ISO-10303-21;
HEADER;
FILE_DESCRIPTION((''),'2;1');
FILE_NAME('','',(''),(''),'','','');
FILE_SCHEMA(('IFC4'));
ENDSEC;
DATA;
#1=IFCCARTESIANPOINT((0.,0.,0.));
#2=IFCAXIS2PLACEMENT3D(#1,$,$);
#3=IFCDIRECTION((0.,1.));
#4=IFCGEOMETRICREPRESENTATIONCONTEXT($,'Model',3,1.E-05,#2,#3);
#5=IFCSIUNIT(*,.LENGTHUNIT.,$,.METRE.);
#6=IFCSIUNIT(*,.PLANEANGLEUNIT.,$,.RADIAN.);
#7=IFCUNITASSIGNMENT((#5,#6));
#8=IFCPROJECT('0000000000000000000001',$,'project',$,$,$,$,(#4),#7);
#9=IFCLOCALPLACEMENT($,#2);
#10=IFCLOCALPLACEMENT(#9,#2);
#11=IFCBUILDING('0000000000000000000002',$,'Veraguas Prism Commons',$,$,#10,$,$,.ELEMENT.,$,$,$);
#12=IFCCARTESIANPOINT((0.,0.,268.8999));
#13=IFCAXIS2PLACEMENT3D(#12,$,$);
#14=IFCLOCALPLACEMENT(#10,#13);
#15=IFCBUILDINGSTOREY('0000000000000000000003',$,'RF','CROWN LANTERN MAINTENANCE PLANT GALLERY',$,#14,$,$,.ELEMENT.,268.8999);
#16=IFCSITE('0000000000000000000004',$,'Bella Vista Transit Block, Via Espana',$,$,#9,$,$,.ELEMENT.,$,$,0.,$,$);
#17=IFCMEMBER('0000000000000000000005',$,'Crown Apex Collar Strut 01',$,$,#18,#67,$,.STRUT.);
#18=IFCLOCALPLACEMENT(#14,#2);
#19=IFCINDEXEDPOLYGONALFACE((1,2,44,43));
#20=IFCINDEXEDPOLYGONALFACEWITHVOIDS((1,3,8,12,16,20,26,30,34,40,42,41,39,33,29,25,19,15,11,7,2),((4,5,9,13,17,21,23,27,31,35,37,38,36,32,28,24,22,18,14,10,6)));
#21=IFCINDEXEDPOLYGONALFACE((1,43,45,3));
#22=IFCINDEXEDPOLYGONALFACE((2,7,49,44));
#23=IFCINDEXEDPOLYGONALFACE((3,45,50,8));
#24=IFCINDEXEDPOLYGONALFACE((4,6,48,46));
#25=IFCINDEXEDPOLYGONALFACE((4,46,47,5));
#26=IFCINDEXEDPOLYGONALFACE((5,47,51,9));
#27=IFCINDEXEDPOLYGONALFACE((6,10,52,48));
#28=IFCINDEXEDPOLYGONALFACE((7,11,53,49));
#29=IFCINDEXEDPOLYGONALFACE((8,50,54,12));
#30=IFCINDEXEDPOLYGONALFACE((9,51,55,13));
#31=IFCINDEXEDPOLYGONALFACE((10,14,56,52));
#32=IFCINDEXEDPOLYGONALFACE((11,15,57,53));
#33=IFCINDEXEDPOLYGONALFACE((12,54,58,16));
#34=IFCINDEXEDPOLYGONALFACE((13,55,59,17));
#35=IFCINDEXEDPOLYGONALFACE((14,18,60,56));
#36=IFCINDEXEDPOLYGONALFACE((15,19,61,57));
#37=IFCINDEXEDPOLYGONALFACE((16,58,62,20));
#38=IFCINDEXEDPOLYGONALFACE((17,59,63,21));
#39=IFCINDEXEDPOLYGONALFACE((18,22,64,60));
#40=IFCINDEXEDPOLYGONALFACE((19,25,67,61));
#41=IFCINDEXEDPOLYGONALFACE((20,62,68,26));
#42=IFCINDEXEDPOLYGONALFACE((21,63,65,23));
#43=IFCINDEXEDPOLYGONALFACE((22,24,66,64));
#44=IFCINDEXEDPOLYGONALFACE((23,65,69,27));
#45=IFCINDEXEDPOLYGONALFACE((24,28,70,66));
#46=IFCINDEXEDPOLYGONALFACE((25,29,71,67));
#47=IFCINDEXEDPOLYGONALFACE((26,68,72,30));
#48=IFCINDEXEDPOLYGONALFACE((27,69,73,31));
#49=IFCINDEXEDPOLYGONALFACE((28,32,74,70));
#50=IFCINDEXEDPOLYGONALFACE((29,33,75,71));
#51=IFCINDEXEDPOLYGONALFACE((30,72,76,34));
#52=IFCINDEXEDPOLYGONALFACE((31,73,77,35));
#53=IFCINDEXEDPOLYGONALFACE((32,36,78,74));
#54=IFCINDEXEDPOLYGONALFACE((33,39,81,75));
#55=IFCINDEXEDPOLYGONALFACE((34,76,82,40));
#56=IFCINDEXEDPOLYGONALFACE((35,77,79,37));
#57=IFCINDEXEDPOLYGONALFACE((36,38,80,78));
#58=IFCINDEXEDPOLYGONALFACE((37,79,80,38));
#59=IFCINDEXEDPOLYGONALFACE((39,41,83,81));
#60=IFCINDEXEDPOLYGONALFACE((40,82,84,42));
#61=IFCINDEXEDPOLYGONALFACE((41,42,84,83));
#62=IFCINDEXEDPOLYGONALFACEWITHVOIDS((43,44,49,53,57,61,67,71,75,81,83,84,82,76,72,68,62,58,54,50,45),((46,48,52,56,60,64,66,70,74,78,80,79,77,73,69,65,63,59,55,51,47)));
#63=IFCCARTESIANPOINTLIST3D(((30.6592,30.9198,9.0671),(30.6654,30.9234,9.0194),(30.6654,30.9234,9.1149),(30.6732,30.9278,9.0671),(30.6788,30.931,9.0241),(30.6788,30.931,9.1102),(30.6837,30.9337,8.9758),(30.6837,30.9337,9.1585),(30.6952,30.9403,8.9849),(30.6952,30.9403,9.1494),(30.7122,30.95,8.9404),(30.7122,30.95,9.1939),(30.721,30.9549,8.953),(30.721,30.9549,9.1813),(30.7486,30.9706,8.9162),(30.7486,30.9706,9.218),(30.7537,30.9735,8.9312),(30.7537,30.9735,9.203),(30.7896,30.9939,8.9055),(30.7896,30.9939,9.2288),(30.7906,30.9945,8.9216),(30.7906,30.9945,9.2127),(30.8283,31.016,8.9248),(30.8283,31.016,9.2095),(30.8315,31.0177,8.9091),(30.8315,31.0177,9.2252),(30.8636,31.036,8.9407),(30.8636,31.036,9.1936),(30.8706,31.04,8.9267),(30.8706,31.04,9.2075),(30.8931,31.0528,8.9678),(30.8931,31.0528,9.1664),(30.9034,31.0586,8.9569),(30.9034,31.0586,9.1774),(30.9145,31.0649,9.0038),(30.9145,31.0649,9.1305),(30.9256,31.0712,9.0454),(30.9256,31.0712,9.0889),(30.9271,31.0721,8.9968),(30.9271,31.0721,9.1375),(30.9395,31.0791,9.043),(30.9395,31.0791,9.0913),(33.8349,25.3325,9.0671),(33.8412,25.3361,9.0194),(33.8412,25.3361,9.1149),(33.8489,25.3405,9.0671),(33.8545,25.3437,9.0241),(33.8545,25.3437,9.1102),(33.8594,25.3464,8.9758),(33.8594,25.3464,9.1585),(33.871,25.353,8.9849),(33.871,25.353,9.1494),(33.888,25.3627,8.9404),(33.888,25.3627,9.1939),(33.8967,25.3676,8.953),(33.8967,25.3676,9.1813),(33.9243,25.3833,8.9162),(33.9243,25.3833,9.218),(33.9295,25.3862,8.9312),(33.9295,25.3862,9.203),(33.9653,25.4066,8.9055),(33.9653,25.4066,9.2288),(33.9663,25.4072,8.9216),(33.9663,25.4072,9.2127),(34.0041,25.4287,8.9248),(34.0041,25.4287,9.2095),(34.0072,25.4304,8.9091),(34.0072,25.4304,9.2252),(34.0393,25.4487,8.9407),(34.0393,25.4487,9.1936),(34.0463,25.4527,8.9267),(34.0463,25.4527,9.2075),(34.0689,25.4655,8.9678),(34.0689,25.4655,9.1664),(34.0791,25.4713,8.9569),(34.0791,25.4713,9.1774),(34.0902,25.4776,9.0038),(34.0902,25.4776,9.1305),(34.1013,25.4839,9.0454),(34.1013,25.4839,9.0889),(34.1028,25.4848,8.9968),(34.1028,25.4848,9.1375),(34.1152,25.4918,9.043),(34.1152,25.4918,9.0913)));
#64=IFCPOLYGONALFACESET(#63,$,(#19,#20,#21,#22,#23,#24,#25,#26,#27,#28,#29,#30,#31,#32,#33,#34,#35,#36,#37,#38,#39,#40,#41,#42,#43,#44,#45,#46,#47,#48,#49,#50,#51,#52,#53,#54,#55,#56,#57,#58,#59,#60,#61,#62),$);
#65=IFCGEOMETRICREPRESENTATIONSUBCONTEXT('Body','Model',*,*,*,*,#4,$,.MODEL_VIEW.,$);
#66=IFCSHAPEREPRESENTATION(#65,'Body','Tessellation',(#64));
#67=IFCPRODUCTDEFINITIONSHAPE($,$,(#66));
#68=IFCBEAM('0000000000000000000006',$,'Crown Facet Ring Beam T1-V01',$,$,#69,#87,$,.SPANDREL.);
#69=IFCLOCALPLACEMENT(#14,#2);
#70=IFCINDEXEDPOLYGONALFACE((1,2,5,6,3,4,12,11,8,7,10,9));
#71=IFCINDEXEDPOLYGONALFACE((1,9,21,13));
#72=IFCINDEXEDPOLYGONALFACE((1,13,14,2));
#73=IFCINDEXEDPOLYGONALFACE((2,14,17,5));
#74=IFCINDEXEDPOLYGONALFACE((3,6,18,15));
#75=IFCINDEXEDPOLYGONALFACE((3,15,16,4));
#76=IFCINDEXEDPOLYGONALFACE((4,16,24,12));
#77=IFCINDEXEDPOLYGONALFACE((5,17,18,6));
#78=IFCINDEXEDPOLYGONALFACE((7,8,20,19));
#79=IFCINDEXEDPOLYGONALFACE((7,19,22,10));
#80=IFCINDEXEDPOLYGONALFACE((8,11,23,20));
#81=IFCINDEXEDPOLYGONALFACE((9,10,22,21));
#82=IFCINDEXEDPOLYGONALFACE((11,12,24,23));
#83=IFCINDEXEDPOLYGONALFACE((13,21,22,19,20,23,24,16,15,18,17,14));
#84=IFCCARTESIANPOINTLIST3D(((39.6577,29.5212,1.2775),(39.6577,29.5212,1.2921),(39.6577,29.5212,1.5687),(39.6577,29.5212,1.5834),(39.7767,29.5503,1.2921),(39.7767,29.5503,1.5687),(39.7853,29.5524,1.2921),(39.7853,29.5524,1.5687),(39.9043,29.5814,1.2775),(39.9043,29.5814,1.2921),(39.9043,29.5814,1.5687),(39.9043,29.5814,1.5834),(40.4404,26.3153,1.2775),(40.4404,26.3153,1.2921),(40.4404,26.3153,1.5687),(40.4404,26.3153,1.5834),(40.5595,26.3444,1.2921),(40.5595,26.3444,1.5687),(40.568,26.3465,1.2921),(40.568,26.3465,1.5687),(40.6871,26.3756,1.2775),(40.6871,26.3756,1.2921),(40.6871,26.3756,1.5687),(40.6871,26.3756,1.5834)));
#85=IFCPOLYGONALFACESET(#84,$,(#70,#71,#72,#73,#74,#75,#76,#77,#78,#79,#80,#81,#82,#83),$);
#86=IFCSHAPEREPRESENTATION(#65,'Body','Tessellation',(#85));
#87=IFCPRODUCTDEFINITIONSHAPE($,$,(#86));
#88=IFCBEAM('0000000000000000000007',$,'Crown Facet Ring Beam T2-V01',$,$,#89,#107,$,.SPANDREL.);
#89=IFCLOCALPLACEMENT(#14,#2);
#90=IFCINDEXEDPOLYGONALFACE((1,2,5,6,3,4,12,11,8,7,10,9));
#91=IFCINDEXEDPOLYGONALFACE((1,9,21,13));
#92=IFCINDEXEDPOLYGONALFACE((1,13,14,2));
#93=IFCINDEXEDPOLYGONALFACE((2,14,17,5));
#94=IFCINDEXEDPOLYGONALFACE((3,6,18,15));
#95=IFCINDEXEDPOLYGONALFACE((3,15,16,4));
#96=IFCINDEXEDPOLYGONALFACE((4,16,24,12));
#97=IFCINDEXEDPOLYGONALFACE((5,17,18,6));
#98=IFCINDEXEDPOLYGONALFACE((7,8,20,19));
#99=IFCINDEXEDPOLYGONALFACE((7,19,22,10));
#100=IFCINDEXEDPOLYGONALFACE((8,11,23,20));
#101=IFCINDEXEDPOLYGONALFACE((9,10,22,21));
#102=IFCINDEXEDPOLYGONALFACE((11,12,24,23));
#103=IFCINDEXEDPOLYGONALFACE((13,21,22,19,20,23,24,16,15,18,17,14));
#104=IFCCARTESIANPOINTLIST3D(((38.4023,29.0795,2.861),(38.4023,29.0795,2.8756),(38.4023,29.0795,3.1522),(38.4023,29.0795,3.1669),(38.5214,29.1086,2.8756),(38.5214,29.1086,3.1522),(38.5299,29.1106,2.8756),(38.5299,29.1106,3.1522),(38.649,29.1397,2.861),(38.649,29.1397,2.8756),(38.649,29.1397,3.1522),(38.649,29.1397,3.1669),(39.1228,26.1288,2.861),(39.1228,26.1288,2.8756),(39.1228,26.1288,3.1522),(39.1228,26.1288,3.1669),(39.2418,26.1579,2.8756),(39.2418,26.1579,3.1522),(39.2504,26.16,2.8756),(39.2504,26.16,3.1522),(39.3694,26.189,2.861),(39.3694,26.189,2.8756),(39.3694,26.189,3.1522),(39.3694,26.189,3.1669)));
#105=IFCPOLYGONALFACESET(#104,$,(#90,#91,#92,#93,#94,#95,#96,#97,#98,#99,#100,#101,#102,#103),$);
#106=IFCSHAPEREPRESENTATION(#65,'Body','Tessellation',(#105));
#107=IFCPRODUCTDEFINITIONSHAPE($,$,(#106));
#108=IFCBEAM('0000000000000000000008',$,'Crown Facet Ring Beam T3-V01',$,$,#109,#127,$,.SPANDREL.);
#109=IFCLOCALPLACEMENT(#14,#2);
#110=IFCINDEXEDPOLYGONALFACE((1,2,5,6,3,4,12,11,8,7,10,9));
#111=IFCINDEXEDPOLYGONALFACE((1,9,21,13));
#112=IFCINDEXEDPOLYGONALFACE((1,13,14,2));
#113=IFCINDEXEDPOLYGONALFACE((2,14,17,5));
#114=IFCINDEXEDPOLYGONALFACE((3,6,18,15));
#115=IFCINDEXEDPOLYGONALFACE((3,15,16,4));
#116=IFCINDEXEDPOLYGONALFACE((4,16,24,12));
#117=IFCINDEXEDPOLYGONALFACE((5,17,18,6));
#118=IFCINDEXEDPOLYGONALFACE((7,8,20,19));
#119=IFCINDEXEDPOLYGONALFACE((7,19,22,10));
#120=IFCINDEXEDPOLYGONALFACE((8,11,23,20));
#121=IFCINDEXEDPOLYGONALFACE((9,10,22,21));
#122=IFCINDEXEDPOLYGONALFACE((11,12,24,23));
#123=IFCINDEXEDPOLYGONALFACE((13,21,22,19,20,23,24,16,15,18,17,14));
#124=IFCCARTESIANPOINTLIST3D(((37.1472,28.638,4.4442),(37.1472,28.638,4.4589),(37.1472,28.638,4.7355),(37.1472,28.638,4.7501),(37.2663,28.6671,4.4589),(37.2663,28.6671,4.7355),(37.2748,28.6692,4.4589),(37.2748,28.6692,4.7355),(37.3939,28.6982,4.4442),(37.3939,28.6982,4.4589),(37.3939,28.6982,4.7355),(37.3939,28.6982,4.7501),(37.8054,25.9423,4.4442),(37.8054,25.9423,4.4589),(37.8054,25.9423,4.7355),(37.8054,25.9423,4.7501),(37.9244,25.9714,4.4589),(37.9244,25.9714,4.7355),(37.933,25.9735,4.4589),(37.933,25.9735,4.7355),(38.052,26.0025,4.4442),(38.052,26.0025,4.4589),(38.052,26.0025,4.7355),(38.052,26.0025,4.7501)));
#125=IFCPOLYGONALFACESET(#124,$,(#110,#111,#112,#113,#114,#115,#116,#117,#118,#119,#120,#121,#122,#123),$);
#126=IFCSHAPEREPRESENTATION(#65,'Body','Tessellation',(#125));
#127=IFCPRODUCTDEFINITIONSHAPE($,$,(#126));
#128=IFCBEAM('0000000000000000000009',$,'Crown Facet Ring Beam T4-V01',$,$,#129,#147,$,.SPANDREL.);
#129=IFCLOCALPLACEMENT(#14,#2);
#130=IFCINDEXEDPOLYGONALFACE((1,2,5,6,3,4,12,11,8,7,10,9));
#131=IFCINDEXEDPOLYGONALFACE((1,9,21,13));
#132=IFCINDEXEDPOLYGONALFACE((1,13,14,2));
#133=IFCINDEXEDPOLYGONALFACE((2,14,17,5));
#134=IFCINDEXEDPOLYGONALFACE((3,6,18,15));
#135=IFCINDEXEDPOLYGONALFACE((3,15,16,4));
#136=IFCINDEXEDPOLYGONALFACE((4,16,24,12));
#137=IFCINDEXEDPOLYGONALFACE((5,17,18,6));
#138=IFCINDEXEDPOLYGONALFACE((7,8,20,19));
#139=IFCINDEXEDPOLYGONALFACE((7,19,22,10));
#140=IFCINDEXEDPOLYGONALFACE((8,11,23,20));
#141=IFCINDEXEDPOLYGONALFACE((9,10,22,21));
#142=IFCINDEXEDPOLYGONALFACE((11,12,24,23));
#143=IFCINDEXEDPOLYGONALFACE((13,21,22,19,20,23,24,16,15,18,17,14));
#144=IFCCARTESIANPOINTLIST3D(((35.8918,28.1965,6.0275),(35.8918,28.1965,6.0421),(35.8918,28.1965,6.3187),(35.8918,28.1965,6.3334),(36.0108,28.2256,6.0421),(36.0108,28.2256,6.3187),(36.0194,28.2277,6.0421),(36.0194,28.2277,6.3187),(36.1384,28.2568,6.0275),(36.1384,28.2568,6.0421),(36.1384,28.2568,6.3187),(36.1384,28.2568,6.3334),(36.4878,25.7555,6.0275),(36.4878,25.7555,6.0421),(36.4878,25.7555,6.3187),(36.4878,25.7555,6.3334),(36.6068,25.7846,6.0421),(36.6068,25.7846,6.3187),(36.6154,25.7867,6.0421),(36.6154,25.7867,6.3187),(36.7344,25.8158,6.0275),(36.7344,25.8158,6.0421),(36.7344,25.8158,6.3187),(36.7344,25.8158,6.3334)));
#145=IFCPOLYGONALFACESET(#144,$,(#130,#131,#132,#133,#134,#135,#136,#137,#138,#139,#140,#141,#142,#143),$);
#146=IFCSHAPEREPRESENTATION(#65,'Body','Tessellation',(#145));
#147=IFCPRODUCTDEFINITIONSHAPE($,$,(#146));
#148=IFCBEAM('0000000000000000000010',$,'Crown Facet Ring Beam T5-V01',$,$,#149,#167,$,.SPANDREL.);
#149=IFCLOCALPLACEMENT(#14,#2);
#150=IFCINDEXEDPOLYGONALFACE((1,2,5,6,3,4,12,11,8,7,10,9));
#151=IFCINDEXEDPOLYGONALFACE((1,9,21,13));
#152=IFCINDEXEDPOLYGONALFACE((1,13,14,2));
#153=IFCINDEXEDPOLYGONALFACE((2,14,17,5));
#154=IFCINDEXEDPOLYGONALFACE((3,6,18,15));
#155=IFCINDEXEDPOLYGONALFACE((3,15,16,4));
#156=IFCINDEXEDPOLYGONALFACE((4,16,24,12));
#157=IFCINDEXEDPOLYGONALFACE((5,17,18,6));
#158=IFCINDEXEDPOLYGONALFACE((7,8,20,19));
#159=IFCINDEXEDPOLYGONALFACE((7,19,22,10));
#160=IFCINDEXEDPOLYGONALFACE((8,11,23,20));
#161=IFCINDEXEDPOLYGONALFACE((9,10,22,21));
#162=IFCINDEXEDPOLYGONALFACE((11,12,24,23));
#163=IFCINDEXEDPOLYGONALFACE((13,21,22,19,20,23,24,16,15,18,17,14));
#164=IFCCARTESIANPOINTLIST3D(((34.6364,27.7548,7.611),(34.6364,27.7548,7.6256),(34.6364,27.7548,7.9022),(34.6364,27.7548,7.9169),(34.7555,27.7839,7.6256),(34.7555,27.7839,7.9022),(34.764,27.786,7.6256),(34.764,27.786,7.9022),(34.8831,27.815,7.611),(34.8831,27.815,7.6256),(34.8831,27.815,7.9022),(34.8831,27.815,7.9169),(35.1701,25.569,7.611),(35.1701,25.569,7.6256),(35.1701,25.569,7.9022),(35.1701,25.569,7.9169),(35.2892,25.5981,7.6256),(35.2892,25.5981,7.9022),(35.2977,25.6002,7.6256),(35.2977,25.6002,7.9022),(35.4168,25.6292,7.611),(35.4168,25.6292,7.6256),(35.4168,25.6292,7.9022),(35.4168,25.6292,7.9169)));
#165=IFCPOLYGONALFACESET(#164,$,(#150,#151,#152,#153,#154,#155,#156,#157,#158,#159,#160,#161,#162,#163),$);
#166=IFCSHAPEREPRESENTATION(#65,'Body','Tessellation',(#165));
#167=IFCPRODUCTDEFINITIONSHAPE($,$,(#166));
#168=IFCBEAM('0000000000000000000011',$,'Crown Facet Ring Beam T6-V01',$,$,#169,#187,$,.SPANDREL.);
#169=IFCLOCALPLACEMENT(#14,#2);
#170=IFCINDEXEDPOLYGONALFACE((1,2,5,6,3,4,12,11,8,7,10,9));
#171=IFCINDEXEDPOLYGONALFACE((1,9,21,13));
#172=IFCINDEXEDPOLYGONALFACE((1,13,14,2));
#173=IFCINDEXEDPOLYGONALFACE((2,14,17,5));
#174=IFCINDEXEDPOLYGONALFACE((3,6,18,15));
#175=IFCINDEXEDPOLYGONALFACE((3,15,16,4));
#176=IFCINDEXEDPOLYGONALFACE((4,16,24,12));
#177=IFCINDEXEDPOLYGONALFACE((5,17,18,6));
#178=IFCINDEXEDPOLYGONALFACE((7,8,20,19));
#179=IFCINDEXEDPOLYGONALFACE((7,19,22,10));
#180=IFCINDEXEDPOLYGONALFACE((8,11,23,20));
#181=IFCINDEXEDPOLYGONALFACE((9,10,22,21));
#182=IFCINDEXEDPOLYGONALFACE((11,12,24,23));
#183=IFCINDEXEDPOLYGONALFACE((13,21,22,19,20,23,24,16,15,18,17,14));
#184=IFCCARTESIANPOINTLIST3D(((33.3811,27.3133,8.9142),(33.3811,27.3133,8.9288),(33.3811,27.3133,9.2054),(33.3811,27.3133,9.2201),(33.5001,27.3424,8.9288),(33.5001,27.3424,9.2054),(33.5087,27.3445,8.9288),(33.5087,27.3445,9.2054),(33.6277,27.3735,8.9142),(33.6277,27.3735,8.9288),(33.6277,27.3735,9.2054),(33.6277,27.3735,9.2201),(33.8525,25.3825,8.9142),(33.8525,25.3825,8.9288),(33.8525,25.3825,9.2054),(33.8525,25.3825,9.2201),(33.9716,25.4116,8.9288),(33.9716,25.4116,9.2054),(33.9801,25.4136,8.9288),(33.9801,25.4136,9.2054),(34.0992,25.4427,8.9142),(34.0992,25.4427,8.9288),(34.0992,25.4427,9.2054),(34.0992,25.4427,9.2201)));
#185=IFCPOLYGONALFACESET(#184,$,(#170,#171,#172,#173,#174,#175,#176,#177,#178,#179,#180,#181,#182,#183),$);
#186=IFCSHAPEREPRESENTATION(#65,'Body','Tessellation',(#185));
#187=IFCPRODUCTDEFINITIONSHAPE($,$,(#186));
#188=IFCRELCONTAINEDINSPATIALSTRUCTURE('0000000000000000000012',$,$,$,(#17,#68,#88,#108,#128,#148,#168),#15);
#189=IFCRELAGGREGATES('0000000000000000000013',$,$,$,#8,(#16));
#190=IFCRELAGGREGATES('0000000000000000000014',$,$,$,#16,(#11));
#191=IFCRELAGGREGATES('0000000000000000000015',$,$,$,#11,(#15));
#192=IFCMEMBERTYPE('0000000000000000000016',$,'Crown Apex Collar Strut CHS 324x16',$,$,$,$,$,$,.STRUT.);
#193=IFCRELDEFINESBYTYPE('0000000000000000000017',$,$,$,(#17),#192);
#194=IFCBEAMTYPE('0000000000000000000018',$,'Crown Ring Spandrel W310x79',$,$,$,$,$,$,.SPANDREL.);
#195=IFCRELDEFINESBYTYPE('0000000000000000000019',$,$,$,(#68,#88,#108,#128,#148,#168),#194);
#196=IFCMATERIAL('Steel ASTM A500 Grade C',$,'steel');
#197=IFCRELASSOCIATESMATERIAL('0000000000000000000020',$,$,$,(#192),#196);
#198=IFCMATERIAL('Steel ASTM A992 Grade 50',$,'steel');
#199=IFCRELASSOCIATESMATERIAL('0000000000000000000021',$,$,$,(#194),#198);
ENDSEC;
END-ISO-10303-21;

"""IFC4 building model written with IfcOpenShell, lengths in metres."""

from ifc_helpers import new_model, si_unit, direction, frame, origin, origin_2d, place, context, subcontext, project, spatial, hollow_circle, i_section, extrude, material, material_profile, profile_set, type_object, element, save


model = new_model("IFC4")

# Units and contexts
model_context = context("Model", 3, precision=1e-05, world=origin(), true_north=direction((0.0, 1.0)))
body_context = subcontext(model_context, "Body", "Model", "MODEL_VIEW")
ifc_project = project(units=[si_unit("LENGTHUNIT", "METRE"), si_unit("PLANEANGLEUNIT", "RADIAN")], contexts=[model_context])

# Site, building, storey
site_placement = place(None, origin())
site = spatial("IfcSite", under=ifc_project, at=site_placement, Name="Bella Vista Transit Block, Via Espana", CompositionType="ELEMENT", RefElevation=0.0)
building_placement = place(site_placement, origin())
building = spatial("IfcBuilding", under=site, at=building_placement, Name="Veraguas Prism Commons", CompositionType="ELEMENT")
storey_placement = place(building_placement, frame((0.0, 0.0, 268.8999)))
storey = spatial("IfcBuildingStorey", under=building, at=storey_placement, Name="RF", Description="CROWN LANTERN MAINTENANCE PLANT GALLERY", CompositionType="ELEMENT", Elevation=268.8999)

# Member
ifc_material_1 = material(Name="Steel ASTM A500 Grade C", Category="steel")
ifc_material_profile_1 = material_profile(ifc_material_1, hollow_circle(Radius=0.1621, WallThickness=0.0161, at=origin_2d()), Name="CHS324X16")
ifc_profile_set_1 = profile_set([ifc_material_profile_1], Name="Steel ASTM A500 Grade C")
member_type_1 = type_object("IfcMemberType", Name="Crown Apex Collar Strut CHS 324x16", PredefinedType="STRUT", material=ifc_profile_set_1)
member_1_placement = place(storey_placement, frame((33.9758, 25.4126, 9.0671), z_axis=(-0.494141, 0.869382, 0.0), x_axis=(-0.869382, -0.494141, 0.0)))
element("IfcMember", 1, at=member_1_placement, inside=storey, type_object=member_type_1, Name="Crown Apex Collar Strut 01", PredefinedType="STRUT", context=body_context, shape_type="SweptSolid", body=[
    extrude(hollow_circle(Radius=0.1621, WallThickness=0.0161, at=origin_2d()), origin(), (0.0, 0.0, 1.0), 6.4268),
])

# Beams
ifc_material_2 = material(Name="Steel ASTM A992 Grade 50", Category="steel")
ifc_material_profile_2 = material_profile(ifc_material_2, i_section(OverallWidth=0.2539, OverallDepth=0.3059, WebThickness=0.0088, FlangeThickness=0.0146, at=origin_2d()), Name="W310X79")
ifc_profile_set_2 = profile_set([ifc_material_profile_2], Name="Steel ASTM A992 Grade 50")
beam_type = type_object("IfcBeamType", Name="Crown Ring Spandrel W310x79", PredefinedType="SPANDREL", material=ifc_profile_set_2)
beam_1_placement = place(storey_placement, frame((40.5637, 26.3455, 1.4304), z_axis=(-0.237188, 0.971464, 0.0), x_axis=(-0.971464, -0.237188, 0.0)))
element("IfcBeam", 2, at=beam_1_placement, inside=storey, type_object=beam_type, Name="Crown Facet Ring Beam T1-V01", PredefinedType="SPANDREL", context=body_context, shape_type="SweptSolid", body=[
    extrude(i_section(OverallWidth=0.2539, OverallDepth=0.3059, WebThickness=0.0088, FlangeThickness=0.0146, at=origin_2d()), origin(), (0.0, 0.0, 1.0), 3.3),
])
beam_2_placement = place(storey_placement, frame((39.2461, 26.1589, 3.0139), z_axis=(-0.237199, 0.971461, 0.0), x_axis=(-0.971461, -0.237199, 0.0)))
element("IfcBeam", 3, at=beam_2_placement, inside=storey, type_object=beam_type, Name="Crown Facet Ring Beam T2-V01", PredefinedType="SPANDREL", context=body_context, shape_type="SweptSolid", body=[
    extrude(i_section(OverallWidth=0.2539, OverallDepth=0.3059, WebThickness=0.0088, FlangeThickness=0.0146, at=origin_2d()), origin(), (0.0, 0.0, 1.0), 3.0374),
])
beam_3_placement = place(storey_placement, frame((37.9287, 25.9724, 4.5972), z_axis=(-0.237191, 0.971463, 0.0), x_axis=(-0.971463, -0.237191, 0.0)))
element("IfcBeam", 4, at=beam_3_placement, inside=storey, type_object=beam_type, Name="Crown Facet Ring Beam T3-V01", PredefinedType="SPANDREL", context=body_context, shape_type="SweptSolid", body=[
    extrude(i_section(OverallWidth=0.2539, OverallDepth=0.3059, WebThickness=0.0088, FlangeThickness=0.0146, at=origin_2d()), origin(), (0.0, 0.0, 1.0), 2.7749),
])
beam_4_placement = place(storey_placement, frame((36.6111, 25.7856, 6.1804), z_axis=(-0.237182, 0.971465, 0.0), x_axis=(-0.971465, -0.237182, 0.0)))
element("IfcBeam", 5, at=beam_4_placement, inside=storey, type_object=beam_type, Name="Crown Facet Ring Beam T4-V01", PredefinedType="SPANDREL", context=body_context, shape_type="SweptSolid", body=[
    extrude(i_section(OverallWidth=0.2539, OverallDepth=0.3059, WebThickness=0.0088, FlangeThickness=0.0146, at=origin_2d()), origin(), (0.0, 0.0, 1.0), 2.5127),
])
beam_5_placement = place(storey_placement, frame((35.2935, 25.5991, 7.7639), z_axis=(-0.237196, 0.971462, 0.0), x_axis=(-0.971462, -0.237196, 0.0)))
element("IfcBeam", 6, at=beam_5_placement, inside=storey, type_object=beam_type, Name="Crown Facet Ring Beam T5-V01", PredefinedType="SPANDREL", context=body_context, shape_type="SweptSolid", body=[
    extrude(i_section(OverallWidth=0.2539, OverallDepth=0.3059, WebThickness=0.0088, FlangeThickness=0.0146, at=origin_2d()), origin(), (0.0, 0.0, 1.0), 2.25),
])
beam_6_placement = place(storey_placement, frame((33.9758, 25.4126, 9.0671), z_axis=(-0.237185, 0.971464, 0.0), x_axis=(-0.971464, -0.237185, 0.0)))
element("IfcBeam", 7, at=beam_6_placement, inside=storey, type_object=beam_type, Name="Crown Facet Ring Beam T6-V01", PredefinedType="SPANDREL", context=body_context, shape_type="SweptSolid", body=[
    extrude(i_section(OverallWidth=0.2539, OverallDepth=0.3059, WebThickness=0.0088, FlangeThickness=0.0146, at=origin_2d()), origin(), (0.0, 0.0, 1.0), 1.9875),
])

save(model, "model.ifc")
